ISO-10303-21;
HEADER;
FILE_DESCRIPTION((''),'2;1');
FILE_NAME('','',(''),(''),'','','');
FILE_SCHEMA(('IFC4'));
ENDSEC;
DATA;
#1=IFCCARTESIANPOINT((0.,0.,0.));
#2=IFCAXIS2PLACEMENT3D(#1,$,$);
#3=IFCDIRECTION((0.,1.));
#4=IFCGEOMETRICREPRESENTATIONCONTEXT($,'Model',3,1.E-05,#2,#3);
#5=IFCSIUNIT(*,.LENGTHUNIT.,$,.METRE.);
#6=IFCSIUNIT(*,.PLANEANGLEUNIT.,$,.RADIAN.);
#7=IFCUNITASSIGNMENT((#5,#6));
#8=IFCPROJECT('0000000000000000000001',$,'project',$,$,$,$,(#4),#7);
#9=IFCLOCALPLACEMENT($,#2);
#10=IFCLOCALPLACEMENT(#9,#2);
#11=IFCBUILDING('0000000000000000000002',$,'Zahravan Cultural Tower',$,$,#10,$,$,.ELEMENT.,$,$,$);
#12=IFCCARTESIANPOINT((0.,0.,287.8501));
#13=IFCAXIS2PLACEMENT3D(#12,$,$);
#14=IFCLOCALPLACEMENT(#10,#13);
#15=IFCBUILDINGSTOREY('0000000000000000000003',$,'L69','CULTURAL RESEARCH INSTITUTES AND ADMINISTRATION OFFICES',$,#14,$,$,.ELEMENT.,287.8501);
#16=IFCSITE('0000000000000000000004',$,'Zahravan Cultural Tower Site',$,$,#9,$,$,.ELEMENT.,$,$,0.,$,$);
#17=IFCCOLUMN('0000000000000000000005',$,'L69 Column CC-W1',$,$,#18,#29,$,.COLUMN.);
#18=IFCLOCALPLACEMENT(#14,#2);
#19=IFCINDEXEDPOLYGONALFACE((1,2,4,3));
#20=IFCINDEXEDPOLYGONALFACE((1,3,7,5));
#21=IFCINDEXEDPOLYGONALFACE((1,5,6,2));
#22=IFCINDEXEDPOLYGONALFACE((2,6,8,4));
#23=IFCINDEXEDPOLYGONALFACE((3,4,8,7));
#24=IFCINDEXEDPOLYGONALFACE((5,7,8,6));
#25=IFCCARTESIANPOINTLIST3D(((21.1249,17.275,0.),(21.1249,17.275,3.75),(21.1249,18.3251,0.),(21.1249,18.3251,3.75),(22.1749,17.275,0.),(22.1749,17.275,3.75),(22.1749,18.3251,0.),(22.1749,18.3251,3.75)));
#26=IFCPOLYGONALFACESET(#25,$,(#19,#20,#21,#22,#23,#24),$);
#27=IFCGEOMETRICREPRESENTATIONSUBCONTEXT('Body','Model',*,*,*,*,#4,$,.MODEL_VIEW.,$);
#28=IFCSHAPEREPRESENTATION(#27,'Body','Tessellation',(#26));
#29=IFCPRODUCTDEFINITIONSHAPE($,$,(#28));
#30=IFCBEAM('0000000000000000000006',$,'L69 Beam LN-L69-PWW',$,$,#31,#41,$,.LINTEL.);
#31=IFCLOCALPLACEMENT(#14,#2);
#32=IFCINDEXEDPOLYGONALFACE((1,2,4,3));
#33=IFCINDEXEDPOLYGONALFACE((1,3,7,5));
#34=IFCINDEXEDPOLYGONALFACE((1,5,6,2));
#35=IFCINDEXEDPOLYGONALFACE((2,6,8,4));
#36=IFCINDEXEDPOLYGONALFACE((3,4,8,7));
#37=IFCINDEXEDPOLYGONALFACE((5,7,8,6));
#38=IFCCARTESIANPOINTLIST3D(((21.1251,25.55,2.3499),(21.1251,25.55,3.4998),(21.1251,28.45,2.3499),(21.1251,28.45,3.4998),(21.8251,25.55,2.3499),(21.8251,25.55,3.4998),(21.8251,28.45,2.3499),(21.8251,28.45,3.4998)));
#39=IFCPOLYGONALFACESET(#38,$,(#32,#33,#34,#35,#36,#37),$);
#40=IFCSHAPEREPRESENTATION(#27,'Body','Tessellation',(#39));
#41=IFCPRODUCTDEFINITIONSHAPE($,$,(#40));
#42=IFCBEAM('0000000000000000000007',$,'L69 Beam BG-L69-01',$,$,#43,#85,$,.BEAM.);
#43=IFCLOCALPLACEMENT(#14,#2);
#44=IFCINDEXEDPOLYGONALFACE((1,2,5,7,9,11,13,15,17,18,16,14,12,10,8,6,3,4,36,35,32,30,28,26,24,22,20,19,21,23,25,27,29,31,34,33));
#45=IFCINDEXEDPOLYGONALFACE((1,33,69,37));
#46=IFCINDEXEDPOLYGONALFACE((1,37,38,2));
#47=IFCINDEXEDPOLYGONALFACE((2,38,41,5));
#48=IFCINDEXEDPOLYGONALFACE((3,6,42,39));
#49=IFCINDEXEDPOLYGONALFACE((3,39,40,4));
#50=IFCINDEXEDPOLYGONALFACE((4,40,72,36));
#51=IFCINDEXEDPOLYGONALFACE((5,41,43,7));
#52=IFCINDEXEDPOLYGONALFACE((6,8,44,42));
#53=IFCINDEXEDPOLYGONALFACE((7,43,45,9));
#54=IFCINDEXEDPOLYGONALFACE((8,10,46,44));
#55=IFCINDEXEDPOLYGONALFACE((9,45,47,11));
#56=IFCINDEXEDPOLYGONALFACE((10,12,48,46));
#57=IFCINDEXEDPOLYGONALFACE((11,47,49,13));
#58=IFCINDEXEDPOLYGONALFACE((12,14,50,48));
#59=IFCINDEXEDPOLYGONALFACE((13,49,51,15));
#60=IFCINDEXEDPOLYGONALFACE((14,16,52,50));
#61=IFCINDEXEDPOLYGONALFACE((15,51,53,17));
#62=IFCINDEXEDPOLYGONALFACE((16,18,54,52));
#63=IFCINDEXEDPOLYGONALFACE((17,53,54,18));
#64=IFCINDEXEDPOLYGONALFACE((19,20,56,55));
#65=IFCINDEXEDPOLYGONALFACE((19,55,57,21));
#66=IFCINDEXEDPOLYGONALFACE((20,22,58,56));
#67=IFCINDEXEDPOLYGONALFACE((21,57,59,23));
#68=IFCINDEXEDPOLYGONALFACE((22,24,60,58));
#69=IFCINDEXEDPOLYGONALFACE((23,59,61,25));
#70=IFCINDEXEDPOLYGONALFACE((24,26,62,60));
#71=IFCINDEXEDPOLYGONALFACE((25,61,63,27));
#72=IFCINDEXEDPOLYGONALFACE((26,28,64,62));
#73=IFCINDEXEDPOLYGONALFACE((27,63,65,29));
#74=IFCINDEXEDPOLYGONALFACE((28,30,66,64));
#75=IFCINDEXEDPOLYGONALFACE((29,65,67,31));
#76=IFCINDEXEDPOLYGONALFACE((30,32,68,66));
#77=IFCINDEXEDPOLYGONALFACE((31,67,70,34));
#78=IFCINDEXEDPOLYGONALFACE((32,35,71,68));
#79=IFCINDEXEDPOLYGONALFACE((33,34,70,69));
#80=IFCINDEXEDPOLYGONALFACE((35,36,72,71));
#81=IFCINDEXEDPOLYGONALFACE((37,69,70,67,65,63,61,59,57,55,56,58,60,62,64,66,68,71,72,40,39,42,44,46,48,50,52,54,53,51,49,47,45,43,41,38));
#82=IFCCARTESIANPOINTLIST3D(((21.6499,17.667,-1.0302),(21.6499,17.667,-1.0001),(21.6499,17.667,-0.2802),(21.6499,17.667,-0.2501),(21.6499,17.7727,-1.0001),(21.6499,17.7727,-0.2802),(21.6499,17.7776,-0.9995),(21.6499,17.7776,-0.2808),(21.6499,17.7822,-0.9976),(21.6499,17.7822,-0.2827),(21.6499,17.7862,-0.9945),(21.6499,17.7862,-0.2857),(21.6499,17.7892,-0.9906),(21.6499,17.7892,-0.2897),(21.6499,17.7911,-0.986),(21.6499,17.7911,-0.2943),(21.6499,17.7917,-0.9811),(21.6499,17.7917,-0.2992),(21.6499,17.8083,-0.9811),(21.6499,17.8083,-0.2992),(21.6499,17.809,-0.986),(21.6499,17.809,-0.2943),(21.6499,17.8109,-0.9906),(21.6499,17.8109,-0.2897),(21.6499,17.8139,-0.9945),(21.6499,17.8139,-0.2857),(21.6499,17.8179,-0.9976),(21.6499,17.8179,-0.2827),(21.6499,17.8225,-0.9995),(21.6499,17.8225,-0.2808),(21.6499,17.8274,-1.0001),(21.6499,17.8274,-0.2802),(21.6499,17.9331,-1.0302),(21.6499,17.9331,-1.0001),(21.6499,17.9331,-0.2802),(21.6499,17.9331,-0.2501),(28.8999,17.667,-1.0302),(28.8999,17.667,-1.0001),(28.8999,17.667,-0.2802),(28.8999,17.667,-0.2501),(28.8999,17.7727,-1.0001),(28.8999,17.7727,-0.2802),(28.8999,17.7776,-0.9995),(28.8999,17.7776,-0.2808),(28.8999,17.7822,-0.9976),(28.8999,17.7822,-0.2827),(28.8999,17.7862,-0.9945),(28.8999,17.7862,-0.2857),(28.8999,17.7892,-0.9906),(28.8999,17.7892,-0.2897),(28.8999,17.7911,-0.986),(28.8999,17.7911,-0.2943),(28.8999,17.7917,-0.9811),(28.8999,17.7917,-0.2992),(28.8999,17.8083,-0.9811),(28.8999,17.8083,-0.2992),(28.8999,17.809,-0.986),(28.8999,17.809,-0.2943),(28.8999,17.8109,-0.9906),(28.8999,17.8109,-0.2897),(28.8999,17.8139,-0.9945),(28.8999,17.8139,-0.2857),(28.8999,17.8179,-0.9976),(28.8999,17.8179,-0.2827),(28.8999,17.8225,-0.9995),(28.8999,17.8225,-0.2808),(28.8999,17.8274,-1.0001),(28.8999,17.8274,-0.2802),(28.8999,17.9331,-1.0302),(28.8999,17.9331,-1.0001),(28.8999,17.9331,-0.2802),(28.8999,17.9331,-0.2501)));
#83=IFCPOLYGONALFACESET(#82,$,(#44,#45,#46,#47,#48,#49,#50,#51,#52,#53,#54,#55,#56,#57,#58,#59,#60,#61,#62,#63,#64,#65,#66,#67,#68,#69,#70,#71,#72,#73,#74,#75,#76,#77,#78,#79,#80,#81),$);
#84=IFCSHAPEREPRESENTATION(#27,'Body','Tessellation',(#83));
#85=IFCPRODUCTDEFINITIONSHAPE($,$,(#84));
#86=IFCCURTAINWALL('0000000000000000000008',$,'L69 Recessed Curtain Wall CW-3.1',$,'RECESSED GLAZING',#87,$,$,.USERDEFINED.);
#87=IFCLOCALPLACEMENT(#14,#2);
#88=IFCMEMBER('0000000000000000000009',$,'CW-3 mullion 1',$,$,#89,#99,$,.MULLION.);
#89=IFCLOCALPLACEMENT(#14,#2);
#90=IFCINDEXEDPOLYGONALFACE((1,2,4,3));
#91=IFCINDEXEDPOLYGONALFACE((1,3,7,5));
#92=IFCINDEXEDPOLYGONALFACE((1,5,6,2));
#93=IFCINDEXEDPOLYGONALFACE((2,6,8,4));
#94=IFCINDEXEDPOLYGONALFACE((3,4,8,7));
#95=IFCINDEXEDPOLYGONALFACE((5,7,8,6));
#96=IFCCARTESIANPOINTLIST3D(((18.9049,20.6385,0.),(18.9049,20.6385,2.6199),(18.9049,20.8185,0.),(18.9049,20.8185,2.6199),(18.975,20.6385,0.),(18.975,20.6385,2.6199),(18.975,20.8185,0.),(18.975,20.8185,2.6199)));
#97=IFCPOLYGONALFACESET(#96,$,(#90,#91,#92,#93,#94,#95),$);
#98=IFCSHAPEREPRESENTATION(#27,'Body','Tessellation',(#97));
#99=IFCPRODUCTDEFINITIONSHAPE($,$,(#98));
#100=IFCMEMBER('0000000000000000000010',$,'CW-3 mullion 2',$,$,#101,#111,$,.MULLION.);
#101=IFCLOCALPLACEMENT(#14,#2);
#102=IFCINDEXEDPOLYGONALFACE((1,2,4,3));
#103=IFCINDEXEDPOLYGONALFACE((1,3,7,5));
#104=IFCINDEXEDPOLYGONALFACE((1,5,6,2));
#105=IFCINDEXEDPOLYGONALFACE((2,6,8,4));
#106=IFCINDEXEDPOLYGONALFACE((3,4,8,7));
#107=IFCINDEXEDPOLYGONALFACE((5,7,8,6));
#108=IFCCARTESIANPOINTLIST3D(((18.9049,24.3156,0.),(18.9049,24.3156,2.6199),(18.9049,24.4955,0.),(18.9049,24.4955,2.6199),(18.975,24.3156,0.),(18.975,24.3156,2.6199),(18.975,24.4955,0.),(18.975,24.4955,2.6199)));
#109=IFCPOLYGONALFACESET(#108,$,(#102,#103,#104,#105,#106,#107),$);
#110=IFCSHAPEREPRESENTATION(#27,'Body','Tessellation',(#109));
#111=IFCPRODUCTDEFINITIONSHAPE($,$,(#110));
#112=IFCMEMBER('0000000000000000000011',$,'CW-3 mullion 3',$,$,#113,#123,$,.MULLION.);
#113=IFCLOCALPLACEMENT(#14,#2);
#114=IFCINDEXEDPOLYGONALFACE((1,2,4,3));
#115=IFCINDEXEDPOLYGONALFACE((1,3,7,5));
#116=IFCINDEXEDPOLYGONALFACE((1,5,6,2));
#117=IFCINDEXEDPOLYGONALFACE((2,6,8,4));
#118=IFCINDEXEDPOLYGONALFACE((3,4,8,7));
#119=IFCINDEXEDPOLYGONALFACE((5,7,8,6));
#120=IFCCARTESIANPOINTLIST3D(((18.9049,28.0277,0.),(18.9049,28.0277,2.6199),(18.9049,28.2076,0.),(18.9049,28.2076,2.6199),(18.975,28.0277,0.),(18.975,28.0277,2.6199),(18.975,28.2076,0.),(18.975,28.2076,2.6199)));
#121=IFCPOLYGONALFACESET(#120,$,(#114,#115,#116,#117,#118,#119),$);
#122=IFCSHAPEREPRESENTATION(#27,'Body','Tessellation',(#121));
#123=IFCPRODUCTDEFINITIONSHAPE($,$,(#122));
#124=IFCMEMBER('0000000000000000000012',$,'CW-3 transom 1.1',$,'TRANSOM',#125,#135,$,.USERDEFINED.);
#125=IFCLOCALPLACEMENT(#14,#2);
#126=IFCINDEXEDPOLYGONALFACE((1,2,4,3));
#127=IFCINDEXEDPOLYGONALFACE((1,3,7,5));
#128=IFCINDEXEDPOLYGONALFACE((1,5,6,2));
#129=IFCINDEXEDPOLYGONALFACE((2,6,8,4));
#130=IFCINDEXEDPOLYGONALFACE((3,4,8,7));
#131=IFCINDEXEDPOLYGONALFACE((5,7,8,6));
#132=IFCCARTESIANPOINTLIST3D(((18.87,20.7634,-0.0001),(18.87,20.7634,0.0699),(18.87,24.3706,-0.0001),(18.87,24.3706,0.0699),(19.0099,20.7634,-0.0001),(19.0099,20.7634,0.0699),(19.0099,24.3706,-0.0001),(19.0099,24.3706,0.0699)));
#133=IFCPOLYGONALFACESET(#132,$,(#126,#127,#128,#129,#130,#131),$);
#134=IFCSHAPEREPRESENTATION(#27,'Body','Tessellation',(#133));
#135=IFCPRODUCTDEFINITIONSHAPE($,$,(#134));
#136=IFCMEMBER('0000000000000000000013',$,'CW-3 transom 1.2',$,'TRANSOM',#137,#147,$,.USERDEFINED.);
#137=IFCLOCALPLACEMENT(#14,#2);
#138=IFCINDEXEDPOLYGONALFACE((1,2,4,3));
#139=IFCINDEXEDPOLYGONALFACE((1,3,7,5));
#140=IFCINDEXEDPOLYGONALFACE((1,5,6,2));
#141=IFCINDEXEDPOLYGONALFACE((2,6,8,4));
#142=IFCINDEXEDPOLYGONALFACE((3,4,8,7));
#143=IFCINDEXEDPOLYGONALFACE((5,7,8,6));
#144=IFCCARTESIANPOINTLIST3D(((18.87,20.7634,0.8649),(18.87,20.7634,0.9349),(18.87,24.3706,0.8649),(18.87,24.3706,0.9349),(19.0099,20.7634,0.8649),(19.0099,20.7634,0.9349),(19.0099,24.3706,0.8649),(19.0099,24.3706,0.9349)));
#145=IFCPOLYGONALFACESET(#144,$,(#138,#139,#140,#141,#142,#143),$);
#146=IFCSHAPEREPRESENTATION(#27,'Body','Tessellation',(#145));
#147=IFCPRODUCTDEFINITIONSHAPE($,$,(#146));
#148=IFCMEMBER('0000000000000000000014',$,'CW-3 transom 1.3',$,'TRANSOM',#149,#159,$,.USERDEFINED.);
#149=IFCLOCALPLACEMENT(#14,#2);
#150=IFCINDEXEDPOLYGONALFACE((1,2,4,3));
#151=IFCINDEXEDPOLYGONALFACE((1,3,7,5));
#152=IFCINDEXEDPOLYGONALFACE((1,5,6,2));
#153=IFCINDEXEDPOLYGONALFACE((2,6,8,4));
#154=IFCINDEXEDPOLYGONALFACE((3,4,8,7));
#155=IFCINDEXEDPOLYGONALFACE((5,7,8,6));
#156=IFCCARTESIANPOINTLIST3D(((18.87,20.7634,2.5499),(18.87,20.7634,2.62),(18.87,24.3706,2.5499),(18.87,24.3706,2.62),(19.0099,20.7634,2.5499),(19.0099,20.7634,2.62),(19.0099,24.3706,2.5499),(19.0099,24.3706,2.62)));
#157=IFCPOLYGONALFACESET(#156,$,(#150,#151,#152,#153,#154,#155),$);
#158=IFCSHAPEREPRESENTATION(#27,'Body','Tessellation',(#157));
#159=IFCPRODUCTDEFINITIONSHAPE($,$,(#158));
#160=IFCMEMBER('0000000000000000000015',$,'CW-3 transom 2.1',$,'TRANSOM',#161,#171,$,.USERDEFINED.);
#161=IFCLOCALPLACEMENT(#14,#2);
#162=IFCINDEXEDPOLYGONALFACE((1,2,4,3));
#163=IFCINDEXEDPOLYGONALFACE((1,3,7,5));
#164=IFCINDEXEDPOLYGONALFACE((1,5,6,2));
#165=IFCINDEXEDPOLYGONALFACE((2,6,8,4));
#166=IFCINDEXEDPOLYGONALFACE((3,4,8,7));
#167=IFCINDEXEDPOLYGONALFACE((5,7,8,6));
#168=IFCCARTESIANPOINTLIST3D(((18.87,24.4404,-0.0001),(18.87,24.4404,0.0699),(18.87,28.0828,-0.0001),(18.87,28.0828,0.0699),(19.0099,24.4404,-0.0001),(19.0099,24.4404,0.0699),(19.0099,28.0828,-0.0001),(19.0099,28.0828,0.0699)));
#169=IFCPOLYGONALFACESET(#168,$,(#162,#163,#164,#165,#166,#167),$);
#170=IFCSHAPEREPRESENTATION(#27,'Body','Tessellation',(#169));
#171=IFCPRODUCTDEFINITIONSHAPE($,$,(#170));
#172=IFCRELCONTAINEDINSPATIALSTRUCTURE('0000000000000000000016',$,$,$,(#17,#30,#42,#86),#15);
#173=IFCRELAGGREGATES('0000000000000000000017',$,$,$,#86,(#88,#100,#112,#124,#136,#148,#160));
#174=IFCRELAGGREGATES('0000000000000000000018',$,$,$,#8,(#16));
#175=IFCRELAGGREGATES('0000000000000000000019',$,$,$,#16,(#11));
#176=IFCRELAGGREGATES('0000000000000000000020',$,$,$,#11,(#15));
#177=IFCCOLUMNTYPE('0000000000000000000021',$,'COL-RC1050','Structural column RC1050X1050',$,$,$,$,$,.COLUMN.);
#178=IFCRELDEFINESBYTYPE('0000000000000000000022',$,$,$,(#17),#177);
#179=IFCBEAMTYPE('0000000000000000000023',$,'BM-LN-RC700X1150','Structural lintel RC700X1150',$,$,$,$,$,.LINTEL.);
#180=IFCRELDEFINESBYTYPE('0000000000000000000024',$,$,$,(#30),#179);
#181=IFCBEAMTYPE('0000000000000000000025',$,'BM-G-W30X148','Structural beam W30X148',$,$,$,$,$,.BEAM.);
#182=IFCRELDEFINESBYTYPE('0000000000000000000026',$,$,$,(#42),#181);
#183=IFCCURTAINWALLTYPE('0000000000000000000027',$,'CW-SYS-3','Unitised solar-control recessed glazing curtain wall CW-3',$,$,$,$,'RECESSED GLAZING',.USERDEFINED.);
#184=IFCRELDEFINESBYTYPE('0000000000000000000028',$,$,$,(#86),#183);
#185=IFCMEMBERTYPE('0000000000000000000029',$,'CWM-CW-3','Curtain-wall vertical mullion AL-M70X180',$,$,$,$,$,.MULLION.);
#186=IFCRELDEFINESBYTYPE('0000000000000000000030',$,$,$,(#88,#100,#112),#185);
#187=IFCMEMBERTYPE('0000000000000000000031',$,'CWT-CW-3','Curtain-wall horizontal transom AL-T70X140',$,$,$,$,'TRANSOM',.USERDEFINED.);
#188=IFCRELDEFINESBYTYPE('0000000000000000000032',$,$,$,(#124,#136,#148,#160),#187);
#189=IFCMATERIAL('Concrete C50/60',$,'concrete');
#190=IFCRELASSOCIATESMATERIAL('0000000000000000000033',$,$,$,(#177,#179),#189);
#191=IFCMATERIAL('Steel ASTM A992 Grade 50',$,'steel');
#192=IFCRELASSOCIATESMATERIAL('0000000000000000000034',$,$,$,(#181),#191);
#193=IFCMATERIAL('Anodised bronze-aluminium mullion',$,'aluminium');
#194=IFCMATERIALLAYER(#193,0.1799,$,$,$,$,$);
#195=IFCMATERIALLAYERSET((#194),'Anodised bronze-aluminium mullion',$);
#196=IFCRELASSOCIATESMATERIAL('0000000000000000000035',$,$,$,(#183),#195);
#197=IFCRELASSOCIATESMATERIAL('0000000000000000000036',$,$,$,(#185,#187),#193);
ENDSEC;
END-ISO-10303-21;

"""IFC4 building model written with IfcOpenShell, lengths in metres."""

from ifc_helpers import new_model, si_unit, direction, frame, origin, origin_2d, place, context, subcontext, project, spatial, rectangle, i_section, extrude, source, transform, mapped, material, layer, layer_set, material_profile, profile_set, type_object, element, aggregate, save


model = new_model("IFC4")

# Units and contexts
model_context = context("Model", 3, precision=1e-05, world=origin(), true_north=direction((0.0, 1.0)))
body_context = subcontext(model_context, "Body", "Model", "MODEL_VIEW")
ifc_project = project(units=[si_unit("LENGTHUNIT", "METRE"), si_unit("PLANEANGLEUNIT", "RADIAN")], contexts=[model_context])

# Site, building, storey
site_placement = place(None, origin())
site = spatial("IfcSite", under=ifc_project, at=site_placement, Name="Zahravan Cultural Tower Site", CompositionType="ELEMENT", RefElevation=0.0)
building_placement = place(site_placement, origin())
building = spatial("IfcBuilding", under=site, at=building_placement, Name="Zahravan Cultural Tower", CompositionType="ELEMENT")
storey_placement = place(building_placement, frame((0.0, 0.0, 287.8501)))
storey = spatial("IfcBuildingStorey", under=building, at=storey_placement, Name="L69", Description="CULTURAL RESEARCH INSTITUTES AND ADMINISTRATION OFFICES", CompositionType="ELEMENT", Elevation=287.8501)

# Column
ifc_material_1 = material(Name="Concrete C50/60", Category="concrete")
ifc_material_profile_1 = material_profile(ifc_material_1, rectangle(XDim=1.05, YDim=1.05, at=origin_2d()), Name="RC1050X1050")
ifc_profile_set_1 = profile_set([ifc_material_profile_1], Name="Concrete C50/60")
column_type = type_object("IfcColumnType", Name="COL-RC1050", Description="Structural column RC1050X1050", PredefinedType="COLUMN", material=ifc_profile_set_1)
shared_shape_1 = source(origin(), body_context, "Body", "SweptSolid", [
    extrude(rectangle(XDim=1.05, YDim=1.05, at=origin_2d()), origin(), (0.0, 0.0, 1.0), 3.75),
])
column_placement = place(storey_placement, frame((21.6499, 17.8, 0.0), z_axis=(0.0, 0.0, 1.0), x_axis=(1.0, 0.0, 0.0)))
element("IfcColumn", 1, at=column_placement, inside=storey, type_object=column_type, Name="L69 Column CC-W1", PredefinedType="COLUMN", context=body_context, shape_type="MappedRepresentation", body=[
    mapped(shared_shape_1, transform((0.0, 0.0, 0.0), x_axis=(1.0, 0.0, 0.0), y_axis=(0.0, 1.0, 0.0), z_axis=(0.0, 0.0, 1.0), scale=1.0)),
])

# Beams
ifc_material_profile_2 = material_profile(ifc_material_1, rectangle(XDim=0.7, YDim=1.1499, at=origin_2d()), Name="RC700X1150")
ifc_profile_set_2 = profile_set([ifc_material_profile_2], Name="Concrete C50/60")
beam_type_1 = type_object("IfcBeamType", Name="BM-LN-RC700X1150", Description="Structural lintel RC700X1150", PredefinedType="LINTEL", material=ifc_profile_set_2)
shared_shape_2 = source(origin(), body_context, "Body", "SweptSolid", [
    extrude(rectangle(XDim=0.7, YDim=1.1499, at=origin_2d()), origin(), (0.0, 0.0, 1.0), 2.8999),
])
beam_1_placement = place(storey_placement, frame((21.4751, 25.55, 2.9248), z_axis=(0.0, 1.0, 0.0), x_axis=(-1.0, 0.0, 0.0)))
element("IfcBeam", 2, at=beam_1_placement, inside=storey, type_object=beam_type_1, Name="L69 Beam LN-L69-PWW", PredefinedType="LINTEL", context=body_context, shape_type="MappedRepresentation", body=[
    mapped(shared_shape_2, transform((0.0, 0.0, 0.0), x_axis=(1.0, 0.0, 0.0), y_axis=(0.0, 1.0, 0.0), z_axis=(0.0, 0.0, 1.0), scale=1.0)),
])
ifc_material_2 = material(Name="Steel ASTM A992 Grade 50", Category="steel")
ifc_material_profile_3 = material_profile(ifc_material_2, i_section(OverallWidth=0.2661, OverallDepth=0.78, WebThickness=0.0166, FlangeThickness=0.03, FilletRadius=0.019, at=origin_2d()), Name="W30X148")
ifc_profile_set_3 = profile_set([ifc_material_profile_3], Name="Steel ASTM A992 Grade 50")
beam_type_2 = type_object("IfcBeamType", Name="BM-G-W30X148", Description="Structural beam W30X148", PredefinedType="BEAM", material=ifc_profile_set_3)
shared_shape_3 = source(origin(), body_context, "Body", "SweptSolid", [
    extrude(i_section(OverallWidth=0.2661, OverallDepth=0.78, WebThickness=0.0166, FlangeThickness=0.03, FilletRadius=0.019, at=origin_2d()), origin(), (0.0, 0.0, 1.0), 7.25),
])
beam_2_placement = place(storey_placement, frame((21.6499, 17.8, -0.6401), z_axis=(1.0, 0.0, 0.0), x_axis=(0.0, 1.0, 0.0)))
element("IfcBeam", 3, at=beam_2_placement, inside=storey, type_object=beam_type_2, Name="L69 Beam BG-L69-01", PredefinedType="BEAM", context=body_context, shape_type="MappedRepresentation", body=[
    mapped(shared_shape_3, transform((0.0, 0.0, 0.0), x_axis=(1.0, 0.0, 0.0), y_axis=(0.0, 1.0, 0.0), z_axis=(0.0, 0.0, 1.0), scale=1.0)),
])

# Curtain wall, members
ifc_material_3 = material(Name="Anodised bronze-aluminium mullion", Category="aluminium")
ifc_layer_1 = layer(ifc_material_3, 0.1799)
ifc_layer_set_1 = layer_set([ifc_layer_1], Name="Anodised bronze-aluminium mullion")
curtain_wall_type = type_object("IfcCurtainWallType", Name="CW-SYS-3", Description="Unitised solar-control recessed glazing curtain wall CW-3", ElementType="RECESSED GLAZING", PredefinedType="USERDEFINED", material=ifc_layer_set_1)
curtain_wall_placement = place(storey_placement, origin())
curtain_wall = element("IfcCurtainWall", 4, at=curtain_wall_placement, inside=storey, type_object=curtain_wall_type, Name="L69 Recessed Curtain Wall CW-3.1", ObjectType="RECESSED GLAZING", PredefinedType="USERDEFINED")
ifc_material_profile_4 = material_profile(ifc_material_3, rectangle(XDim=0.0701, YDim=0.1799, at=origin_2d()), Name="AL-M70X180")
ifc_profile_set_4 = profile_set([ifc_material_profile_4], Name="Anodised bronze-aluminium mullion")
member_type_1 = type_object("IfcMemberType", Name="CWM-CW-3", Description="Curtain-wall vertical mullion AL-M70X180", PredefinedType="MULLION", material=ifc_profile_set_4)
shared_shape_4 = source(origin(), body_context, "Body", "SweptSolid", [
    extrude(rectangle(XDim=0.0701, YDim=0.1799, at=origin_2d()), origin(), (0.0, 0.0, 1.0), 2.6199),
])
member_1_placement = place(storey_placement, frame((18.9399, 20.7285, 0.0), z_axis=(0.0, 0.0, 1.0), x_axis=(-1.0, 0.0, 0.0)))
member_1 = element("IfcMember", 5, at=member_1_placement, type_object=member_type_1, Name="CW-3 mullion 1", PredefinedType="MULLION", context=body_context, shape_type="MappedRepresentation", body=[
    mapped(shared_shape_4, transform((0.0, 0.0, 0.0), x_axis=(1.0, 0.0, 0.0), y_axis=(0.0, 1.0, 0.0), z_axis=(0.0, 0.0, 1.0), scale=1.0)),
])
member_2_placement = place(storey_placement, frame((18.9399, 24.4055, 0.0), z_axis=(0.0, 0.0, 1.0), x_axis=(-1.0, 0.0, 0.0)))
member_2 = element("IfcMember", 6, at=member_2_placement, type_object=member_type_1, Name="CW-3 mullion 2", PredefinedType="MULLION", context=body_context, shape_type="MappedRepresentation", body=[
    mapped(shared_shape_4, transform((0.0, 0.0, 0.0), x_axis=(1.0, 0.0, 0.0), y_axis=(0.0, 1.0, 0.0), z_axis=(0.0, 0.0, 1.0), scale=1.0)),
])
member_3_placement = place(storey_placement, frame((18.9399, 28.1177, 0.0), z_axis=(0.0, 0.0, 1.0), x_axis=(-1.0, 0.0, 0.0)))
member_3 = element("IfcMember", 7, at=member_3_placement, type_object=member_type_1, Name="CW-3 mullion 3", PredefinedType="MULLION", context=body_context, shape_type="MappedRepresentation", body=[
    mapped(shared_shape_4, transform((0.0, 0.0, 0.0), x_axis=(1.0, 0.0, 0.0), y_axis=(0.0, 1.0, 0.0), z_axis=(0.0, 0.0, 1.0), scale=1.0)),
])
ifc_material_profile_5 = material_profile(ifc_material_3, rectangle(XDim=0.1399, YDim=0.0701, at=origin_2d()), Name="AL-T70X140")
ifc_profile_set_5 = profile_set([ifc_material_profile_5], Name="Anodised bronze-aluminium mullion")
member_type_2 = type_object("IfcMemberType", Name="CWT-CW-3", Description="Curtain-wall horizontal transom AL-T70X140", ElementType="TRANSOM", PredefinedType="USERDEFINED", material=ifc_profile_set_5)
shared_shape_5 = source(origin(), body_context, "Body", "SweptSolid", [
    extrude(rectangle(XDim=0.1399, YDim=0.0701, at=origin_2d()), origin(), (0.0, 0.0, 1.0), 3.6072),
])
member_4_placement = place(storey_placement, frame((18.9399, 20.7634, 0.0349), z_axis=(0.0, 1.0, 0.0), x_axis=(-1.0, 0.0, 0.0)))
member_4 = element("IfcMember", 8, at=member_4_placement, type_object=member_type_2, Name="CW-3 transom 1.1", ObjectType="TRANSOM", PredefinedType="USERDEFINED", context=body_context, shape_type="MappedRepresentation", body=[
    mapped(shared_shape_5, transform((0.0, 0.0, 0.0), x_axis=(1.0, 0.0, 0.0), y_axis=(0.0, 1.0, 0.0), z_axis=(0.0, 0.0, 1.0), scale=1.0)),
])
member_5_placement = place(storey_placement, frame((18.9399, 20.7634, 0.8999), z_axis=(0.0, 1.0, 0.0), x_axis=(-1.0, 0.0, 0.0)))
member_5 = element("IfcMember", 9, at=member_5_placement, type_object=member_type_2, Name="CW-3 transom 1.2", ObjectType="TRANSOM", PredefinedType="USERDEFINED", context=body_context, shape_type="MappedRepresentation", body=[
    mapped(shared_shape_5, transform((0.0, 0.0, 0.0), x_axis=(1.0, 0.0, 0.0), y_axis=(0.0, 1.0, 0.0), z_axis=(0.0, 0.0, 1.0), scale=1.0)),
])
member_6_placement = place(storey_placement, frame((18.9399, 20.7634, 2.585), z_axis=(0.0, 1.0, 0.0), x_axis=(-1.0, 0.0, 0.0)))
member_6 = element("IfcMember", 10, at=member_6_placement, type_object=member_type_2, Name="CW-3 transom 1.3", ObjectType="TRANSOM", PredefinedType="USERDEFINED", context=body_context, shape_type="MappedRepresentation", body=[
    mapped(shared_shape_5, transform((0.0, 0.0, 0.0), x_axis=(1.0, 0.0, 0.0), y_axis=(0.0, 1.0, 0.0), z_axis=(0.0, 0.0, 1.0), scale=1.0)),
])
shared_shape_6 = source(origin(), body_context, "Body", "SweptSolid", [
    extrude(rectangle(XDim=0.1399, YDim=0.0701, at=origin_2d()), origin(), (0.0, 0.0, 1.0), 3.6423),
])
member_7_placement = place(storey_placement, frame((18.9399, 24.4404, 0.0349), z_axis=(0.0, 1.0, 0.0), x_axis=(-1.0, 0.0, 0.0)))
member_7 = element("IfcMember", 11, at=member_7_placement, type_object=member_type_2, Name="CW-3 transom 2.1", ObjectType="TRANSOM", PredefinedType="USERDEFINED", context=body_context, shape_type="MappedRepresentation", body=[
    mapped(shared_shape_6, transform((0.0, 0.0, 0.0), x_axis=(1.0, 0.0, 0.0), y_axis=(0.0, 1.0, 0.0), z_axis=(0.0, 0.0, 1.0), scale=1.0)),
])

aggregate(curtain_wall, [member_1, member_2, member_3, member_4, member_5, member_6, member_7])

save(model, "model.ifc")
